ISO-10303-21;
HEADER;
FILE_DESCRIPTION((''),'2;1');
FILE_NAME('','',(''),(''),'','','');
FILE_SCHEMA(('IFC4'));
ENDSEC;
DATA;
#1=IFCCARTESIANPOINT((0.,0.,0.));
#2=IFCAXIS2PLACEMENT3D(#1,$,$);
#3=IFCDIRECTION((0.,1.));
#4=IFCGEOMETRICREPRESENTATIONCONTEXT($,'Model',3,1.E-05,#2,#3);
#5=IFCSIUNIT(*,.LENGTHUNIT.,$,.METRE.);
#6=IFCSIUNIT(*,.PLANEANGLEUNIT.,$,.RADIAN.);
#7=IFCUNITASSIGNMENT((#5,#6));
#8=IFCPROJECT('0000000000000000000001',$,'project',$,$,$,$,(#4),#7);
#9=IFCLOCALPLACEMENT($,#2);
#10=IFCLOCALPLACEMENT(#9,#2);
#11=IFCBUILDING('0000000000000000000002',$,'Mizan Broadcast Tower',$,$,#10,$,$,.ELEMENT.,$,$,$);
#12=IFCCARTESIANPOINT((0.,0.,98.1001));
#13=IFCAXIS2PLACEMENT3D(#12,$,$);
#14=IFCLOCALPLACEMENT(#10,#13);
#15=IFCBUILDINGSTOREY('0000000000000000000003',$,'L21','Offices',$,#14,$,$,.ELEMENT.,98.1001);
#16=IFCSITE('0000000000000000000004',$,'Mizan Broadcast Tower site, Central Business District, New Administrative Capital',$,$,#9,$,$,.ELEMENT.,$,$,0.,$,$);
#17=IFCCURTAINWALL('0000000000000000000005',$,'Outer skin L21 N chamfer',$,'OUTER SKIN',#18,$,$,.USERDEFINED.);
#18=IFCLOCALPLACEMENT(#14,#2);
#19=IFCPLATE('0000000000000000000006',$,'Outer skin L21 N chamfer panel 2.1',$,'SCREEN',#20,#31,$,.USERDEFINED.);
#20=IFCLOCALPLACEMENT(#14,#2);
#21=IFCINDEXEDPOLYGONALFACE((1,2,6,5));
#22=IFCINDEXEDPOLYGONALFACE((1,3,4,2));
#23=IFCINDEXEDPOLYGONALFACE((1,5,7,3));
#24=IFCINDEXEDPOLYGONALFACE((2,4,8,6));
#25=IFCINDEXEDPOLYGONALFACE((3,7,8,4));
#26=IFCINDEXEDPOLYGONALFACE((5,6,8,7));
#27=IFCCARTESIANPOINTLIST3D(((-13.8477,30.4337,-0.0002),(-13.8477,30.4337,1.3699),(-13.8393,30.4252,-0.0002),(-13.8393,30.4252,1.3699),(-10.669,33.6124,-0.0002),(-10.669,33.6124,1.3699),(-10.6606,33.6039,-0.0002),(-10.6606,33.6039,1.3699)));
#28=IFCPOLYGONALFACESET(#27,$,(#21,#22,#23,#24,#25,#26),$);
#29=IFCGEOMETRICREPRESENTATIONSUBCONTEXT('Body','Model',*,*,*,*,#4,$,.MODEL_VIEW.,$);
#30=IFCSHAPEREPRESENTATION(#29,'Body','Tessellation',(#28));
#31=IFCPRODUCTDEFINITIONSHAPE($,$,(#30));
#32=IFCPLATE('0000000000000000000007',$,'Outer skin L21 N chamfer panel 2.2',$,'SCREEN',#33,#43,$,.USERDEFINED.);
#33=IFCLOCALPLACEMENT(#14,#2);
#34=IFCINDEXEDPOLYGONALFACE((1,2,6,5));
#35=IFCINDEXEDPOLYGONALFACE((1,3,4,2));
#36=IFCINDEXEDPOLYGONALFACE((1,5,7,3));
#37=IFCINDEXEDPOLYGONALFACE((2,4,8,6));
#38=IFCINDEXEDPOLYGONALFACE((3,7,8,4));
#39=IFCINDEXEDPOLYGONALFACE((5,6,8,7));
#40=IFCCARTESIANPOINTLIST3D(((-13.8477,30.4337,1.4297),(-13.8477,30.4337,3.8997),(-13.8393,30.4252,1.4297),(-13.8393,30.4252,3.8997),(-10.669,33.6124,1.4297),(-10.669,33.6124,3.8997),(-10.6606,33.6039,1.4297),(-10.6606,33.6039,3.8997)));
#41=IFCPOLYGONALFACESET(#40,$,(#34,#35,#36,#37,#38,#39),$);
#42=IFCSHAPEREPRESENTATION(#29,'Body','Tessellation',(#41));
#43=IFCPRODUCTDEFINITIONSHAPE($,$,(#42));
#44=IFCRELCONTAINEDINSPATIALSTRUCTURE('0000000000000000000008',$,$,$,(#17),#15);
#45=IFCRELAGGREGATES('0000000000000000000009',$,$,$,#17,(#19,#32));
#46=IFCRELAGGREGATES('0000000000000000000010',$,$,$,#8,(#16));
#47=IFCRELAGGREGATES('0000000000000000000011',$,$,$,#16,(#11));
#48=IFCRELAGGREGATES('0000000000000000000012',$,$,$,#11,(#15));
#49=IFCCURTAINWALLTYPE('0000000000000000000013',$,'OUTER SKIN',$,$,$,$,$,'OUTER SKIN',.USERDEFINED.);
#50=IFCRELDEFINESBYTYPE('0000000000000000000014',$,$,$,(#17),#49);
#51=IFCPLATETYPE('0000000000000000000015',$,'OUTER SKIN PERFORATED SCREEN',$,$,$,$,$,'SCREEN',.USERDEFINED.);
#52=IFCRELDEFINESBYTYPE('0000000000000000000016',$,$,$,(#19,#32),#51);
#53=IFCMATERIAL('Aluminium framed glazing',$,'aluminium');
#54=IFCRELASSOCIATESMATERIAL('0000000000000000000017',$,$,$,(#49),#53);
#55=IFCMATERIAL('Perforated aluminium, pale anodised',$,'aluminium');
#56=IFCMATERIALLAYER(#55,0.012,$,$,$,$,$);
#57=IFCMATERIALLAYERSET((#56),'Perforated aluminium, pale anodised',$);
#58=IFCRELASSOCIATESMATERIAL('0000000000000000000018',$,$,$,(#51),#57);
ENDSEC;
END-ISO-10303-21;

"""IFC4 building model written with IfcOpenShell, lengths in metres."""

from ifc_helpers import new_model, si_unit, direction, frame, origin, origin_2d, place, context, subcontext, project, spatial, rectangle, extrude, material, layer, layer_set, type_object, element, aggregate, save


model = new_model("IFC4")

# Units and contexts
model_context = context("Model", 3, precision=1e-05, world=origin(), true_north=direction((0.0, 1.0)))
body_context = subcontext(model_context, "Body", "Model", "MODEL_VIEW")
ifc_project = project(units=[si_unit("LENGTHUNIT", "METRE"), si_unit("PLANEANGLEUNIT", "RADIAN")], contexts=[model_context])

# Site, building, storey
site_placement = place(None, origin())
site = spatial("IfcSite", under=ifc_project, at=site_placement, Name="Mizan Broadcast Tower site, Central Business District, New Administrative Capital", CompositionType="ELEMENT", RefElevation=0.0)
building_placement = place(site_placement, origin())
building = spatial("IfcBuilding", under=site, at=building_placement, Name="Mizan Broadcast Tower", CompositionType="ELEMENT")
storey_placement = place(building_placement, frame((0.0, 0.0, 98.1001)))
storey = spatial("IfcBuildingStorey", under=building, at=storey_placement, Name="L21", Description="Offices", CompositionType="ELEMENT", Elevation=98.1001)

# Curtain wall
ifc_material_1 = material(Name="Aluminium framed glazing", Category="aluminium")
curtain_wall_type_1 = type_object("IfcCurtainWallType", Name="OUTER SKIN", ElementType="OUTER SKIN", PredefinedType="USERDEFINED", material=ifc_material_1)
curtain_wall_1_placement = place(storey_placement, origin())
curtain_wall_1 = element("IfcCurtainWall", 1, at=curtain_wall_1_placement, inside=storey, type_object=curtain_wall_type_1, Name="Outer skin L21 N chamfer", ObjectType="OUTER SKIN", PredefinedType="USERDEFINED")

# Plates
ifc_material_2 = material(Name="Perforated aluminium, pale anodised", Category="aluminium")
ifc_layer_1 = layer(ifc_material_2, 0.012)
ifc_layer_set_1 = layer_set([ifc_layer_1], Name="Perforated aluminium, pale anodised")
plate_type_1 = type_object("IfcPlateType", Name="OUTER SKIN PERFORATED SCREEN", ElementType="SCREEN", PredefinedType="USERDEFINED", material=ifc_layer_set_1)
plate_1_placement = place(storey_placement, frame((-12.2542, 32.0188, -0.0002), z_axis=(0.0, 0.0, 1.0), x_axis=(-0.707107, -0.707107, 0.0)))
plate_1 = element("IfcPlate", 2, at=plate_1_placement, type_object=plate_type_1, Name="Outer skin L21 N chamfer panel 2.1", ObjectType="SCREEN", PredefinedType="USERDEFINED", context=body_context, shape_type="SweptSolid", body=[
    extrude(rectangle(XDim=4.4954, YDim=0.012, at=origin_2d()), origin(), (0.0, 0.0, 1.0), 1.3701),
])
plate_2_placement = place(storey_placement, frame((-12.2542, 32.0188, 1.4297), z_axis=(0.0, 0.0, 1.0), x_axis=(-0.707107, -0.707107, 0.0)))
plate_2 = element("IfcPlate", 3, at=plate_2_placement, type_object=plate_type_1, Name="Outer skin L21 N chamfer panel 2.2", ObjectType="SCREEN", PredefinedType="USERDEFINED", context=body_context, shape_type="SweptSolid", body=[
    extrude(rectangle(XDim=4.4954, YDim=0.012, at=origin_2d()), origin(), (0.0, 0.0, 1.0), 2.47),
])
aggregate(curtain_wall_1, [plate_1, plate_2])

save(model, "model.ifc")
